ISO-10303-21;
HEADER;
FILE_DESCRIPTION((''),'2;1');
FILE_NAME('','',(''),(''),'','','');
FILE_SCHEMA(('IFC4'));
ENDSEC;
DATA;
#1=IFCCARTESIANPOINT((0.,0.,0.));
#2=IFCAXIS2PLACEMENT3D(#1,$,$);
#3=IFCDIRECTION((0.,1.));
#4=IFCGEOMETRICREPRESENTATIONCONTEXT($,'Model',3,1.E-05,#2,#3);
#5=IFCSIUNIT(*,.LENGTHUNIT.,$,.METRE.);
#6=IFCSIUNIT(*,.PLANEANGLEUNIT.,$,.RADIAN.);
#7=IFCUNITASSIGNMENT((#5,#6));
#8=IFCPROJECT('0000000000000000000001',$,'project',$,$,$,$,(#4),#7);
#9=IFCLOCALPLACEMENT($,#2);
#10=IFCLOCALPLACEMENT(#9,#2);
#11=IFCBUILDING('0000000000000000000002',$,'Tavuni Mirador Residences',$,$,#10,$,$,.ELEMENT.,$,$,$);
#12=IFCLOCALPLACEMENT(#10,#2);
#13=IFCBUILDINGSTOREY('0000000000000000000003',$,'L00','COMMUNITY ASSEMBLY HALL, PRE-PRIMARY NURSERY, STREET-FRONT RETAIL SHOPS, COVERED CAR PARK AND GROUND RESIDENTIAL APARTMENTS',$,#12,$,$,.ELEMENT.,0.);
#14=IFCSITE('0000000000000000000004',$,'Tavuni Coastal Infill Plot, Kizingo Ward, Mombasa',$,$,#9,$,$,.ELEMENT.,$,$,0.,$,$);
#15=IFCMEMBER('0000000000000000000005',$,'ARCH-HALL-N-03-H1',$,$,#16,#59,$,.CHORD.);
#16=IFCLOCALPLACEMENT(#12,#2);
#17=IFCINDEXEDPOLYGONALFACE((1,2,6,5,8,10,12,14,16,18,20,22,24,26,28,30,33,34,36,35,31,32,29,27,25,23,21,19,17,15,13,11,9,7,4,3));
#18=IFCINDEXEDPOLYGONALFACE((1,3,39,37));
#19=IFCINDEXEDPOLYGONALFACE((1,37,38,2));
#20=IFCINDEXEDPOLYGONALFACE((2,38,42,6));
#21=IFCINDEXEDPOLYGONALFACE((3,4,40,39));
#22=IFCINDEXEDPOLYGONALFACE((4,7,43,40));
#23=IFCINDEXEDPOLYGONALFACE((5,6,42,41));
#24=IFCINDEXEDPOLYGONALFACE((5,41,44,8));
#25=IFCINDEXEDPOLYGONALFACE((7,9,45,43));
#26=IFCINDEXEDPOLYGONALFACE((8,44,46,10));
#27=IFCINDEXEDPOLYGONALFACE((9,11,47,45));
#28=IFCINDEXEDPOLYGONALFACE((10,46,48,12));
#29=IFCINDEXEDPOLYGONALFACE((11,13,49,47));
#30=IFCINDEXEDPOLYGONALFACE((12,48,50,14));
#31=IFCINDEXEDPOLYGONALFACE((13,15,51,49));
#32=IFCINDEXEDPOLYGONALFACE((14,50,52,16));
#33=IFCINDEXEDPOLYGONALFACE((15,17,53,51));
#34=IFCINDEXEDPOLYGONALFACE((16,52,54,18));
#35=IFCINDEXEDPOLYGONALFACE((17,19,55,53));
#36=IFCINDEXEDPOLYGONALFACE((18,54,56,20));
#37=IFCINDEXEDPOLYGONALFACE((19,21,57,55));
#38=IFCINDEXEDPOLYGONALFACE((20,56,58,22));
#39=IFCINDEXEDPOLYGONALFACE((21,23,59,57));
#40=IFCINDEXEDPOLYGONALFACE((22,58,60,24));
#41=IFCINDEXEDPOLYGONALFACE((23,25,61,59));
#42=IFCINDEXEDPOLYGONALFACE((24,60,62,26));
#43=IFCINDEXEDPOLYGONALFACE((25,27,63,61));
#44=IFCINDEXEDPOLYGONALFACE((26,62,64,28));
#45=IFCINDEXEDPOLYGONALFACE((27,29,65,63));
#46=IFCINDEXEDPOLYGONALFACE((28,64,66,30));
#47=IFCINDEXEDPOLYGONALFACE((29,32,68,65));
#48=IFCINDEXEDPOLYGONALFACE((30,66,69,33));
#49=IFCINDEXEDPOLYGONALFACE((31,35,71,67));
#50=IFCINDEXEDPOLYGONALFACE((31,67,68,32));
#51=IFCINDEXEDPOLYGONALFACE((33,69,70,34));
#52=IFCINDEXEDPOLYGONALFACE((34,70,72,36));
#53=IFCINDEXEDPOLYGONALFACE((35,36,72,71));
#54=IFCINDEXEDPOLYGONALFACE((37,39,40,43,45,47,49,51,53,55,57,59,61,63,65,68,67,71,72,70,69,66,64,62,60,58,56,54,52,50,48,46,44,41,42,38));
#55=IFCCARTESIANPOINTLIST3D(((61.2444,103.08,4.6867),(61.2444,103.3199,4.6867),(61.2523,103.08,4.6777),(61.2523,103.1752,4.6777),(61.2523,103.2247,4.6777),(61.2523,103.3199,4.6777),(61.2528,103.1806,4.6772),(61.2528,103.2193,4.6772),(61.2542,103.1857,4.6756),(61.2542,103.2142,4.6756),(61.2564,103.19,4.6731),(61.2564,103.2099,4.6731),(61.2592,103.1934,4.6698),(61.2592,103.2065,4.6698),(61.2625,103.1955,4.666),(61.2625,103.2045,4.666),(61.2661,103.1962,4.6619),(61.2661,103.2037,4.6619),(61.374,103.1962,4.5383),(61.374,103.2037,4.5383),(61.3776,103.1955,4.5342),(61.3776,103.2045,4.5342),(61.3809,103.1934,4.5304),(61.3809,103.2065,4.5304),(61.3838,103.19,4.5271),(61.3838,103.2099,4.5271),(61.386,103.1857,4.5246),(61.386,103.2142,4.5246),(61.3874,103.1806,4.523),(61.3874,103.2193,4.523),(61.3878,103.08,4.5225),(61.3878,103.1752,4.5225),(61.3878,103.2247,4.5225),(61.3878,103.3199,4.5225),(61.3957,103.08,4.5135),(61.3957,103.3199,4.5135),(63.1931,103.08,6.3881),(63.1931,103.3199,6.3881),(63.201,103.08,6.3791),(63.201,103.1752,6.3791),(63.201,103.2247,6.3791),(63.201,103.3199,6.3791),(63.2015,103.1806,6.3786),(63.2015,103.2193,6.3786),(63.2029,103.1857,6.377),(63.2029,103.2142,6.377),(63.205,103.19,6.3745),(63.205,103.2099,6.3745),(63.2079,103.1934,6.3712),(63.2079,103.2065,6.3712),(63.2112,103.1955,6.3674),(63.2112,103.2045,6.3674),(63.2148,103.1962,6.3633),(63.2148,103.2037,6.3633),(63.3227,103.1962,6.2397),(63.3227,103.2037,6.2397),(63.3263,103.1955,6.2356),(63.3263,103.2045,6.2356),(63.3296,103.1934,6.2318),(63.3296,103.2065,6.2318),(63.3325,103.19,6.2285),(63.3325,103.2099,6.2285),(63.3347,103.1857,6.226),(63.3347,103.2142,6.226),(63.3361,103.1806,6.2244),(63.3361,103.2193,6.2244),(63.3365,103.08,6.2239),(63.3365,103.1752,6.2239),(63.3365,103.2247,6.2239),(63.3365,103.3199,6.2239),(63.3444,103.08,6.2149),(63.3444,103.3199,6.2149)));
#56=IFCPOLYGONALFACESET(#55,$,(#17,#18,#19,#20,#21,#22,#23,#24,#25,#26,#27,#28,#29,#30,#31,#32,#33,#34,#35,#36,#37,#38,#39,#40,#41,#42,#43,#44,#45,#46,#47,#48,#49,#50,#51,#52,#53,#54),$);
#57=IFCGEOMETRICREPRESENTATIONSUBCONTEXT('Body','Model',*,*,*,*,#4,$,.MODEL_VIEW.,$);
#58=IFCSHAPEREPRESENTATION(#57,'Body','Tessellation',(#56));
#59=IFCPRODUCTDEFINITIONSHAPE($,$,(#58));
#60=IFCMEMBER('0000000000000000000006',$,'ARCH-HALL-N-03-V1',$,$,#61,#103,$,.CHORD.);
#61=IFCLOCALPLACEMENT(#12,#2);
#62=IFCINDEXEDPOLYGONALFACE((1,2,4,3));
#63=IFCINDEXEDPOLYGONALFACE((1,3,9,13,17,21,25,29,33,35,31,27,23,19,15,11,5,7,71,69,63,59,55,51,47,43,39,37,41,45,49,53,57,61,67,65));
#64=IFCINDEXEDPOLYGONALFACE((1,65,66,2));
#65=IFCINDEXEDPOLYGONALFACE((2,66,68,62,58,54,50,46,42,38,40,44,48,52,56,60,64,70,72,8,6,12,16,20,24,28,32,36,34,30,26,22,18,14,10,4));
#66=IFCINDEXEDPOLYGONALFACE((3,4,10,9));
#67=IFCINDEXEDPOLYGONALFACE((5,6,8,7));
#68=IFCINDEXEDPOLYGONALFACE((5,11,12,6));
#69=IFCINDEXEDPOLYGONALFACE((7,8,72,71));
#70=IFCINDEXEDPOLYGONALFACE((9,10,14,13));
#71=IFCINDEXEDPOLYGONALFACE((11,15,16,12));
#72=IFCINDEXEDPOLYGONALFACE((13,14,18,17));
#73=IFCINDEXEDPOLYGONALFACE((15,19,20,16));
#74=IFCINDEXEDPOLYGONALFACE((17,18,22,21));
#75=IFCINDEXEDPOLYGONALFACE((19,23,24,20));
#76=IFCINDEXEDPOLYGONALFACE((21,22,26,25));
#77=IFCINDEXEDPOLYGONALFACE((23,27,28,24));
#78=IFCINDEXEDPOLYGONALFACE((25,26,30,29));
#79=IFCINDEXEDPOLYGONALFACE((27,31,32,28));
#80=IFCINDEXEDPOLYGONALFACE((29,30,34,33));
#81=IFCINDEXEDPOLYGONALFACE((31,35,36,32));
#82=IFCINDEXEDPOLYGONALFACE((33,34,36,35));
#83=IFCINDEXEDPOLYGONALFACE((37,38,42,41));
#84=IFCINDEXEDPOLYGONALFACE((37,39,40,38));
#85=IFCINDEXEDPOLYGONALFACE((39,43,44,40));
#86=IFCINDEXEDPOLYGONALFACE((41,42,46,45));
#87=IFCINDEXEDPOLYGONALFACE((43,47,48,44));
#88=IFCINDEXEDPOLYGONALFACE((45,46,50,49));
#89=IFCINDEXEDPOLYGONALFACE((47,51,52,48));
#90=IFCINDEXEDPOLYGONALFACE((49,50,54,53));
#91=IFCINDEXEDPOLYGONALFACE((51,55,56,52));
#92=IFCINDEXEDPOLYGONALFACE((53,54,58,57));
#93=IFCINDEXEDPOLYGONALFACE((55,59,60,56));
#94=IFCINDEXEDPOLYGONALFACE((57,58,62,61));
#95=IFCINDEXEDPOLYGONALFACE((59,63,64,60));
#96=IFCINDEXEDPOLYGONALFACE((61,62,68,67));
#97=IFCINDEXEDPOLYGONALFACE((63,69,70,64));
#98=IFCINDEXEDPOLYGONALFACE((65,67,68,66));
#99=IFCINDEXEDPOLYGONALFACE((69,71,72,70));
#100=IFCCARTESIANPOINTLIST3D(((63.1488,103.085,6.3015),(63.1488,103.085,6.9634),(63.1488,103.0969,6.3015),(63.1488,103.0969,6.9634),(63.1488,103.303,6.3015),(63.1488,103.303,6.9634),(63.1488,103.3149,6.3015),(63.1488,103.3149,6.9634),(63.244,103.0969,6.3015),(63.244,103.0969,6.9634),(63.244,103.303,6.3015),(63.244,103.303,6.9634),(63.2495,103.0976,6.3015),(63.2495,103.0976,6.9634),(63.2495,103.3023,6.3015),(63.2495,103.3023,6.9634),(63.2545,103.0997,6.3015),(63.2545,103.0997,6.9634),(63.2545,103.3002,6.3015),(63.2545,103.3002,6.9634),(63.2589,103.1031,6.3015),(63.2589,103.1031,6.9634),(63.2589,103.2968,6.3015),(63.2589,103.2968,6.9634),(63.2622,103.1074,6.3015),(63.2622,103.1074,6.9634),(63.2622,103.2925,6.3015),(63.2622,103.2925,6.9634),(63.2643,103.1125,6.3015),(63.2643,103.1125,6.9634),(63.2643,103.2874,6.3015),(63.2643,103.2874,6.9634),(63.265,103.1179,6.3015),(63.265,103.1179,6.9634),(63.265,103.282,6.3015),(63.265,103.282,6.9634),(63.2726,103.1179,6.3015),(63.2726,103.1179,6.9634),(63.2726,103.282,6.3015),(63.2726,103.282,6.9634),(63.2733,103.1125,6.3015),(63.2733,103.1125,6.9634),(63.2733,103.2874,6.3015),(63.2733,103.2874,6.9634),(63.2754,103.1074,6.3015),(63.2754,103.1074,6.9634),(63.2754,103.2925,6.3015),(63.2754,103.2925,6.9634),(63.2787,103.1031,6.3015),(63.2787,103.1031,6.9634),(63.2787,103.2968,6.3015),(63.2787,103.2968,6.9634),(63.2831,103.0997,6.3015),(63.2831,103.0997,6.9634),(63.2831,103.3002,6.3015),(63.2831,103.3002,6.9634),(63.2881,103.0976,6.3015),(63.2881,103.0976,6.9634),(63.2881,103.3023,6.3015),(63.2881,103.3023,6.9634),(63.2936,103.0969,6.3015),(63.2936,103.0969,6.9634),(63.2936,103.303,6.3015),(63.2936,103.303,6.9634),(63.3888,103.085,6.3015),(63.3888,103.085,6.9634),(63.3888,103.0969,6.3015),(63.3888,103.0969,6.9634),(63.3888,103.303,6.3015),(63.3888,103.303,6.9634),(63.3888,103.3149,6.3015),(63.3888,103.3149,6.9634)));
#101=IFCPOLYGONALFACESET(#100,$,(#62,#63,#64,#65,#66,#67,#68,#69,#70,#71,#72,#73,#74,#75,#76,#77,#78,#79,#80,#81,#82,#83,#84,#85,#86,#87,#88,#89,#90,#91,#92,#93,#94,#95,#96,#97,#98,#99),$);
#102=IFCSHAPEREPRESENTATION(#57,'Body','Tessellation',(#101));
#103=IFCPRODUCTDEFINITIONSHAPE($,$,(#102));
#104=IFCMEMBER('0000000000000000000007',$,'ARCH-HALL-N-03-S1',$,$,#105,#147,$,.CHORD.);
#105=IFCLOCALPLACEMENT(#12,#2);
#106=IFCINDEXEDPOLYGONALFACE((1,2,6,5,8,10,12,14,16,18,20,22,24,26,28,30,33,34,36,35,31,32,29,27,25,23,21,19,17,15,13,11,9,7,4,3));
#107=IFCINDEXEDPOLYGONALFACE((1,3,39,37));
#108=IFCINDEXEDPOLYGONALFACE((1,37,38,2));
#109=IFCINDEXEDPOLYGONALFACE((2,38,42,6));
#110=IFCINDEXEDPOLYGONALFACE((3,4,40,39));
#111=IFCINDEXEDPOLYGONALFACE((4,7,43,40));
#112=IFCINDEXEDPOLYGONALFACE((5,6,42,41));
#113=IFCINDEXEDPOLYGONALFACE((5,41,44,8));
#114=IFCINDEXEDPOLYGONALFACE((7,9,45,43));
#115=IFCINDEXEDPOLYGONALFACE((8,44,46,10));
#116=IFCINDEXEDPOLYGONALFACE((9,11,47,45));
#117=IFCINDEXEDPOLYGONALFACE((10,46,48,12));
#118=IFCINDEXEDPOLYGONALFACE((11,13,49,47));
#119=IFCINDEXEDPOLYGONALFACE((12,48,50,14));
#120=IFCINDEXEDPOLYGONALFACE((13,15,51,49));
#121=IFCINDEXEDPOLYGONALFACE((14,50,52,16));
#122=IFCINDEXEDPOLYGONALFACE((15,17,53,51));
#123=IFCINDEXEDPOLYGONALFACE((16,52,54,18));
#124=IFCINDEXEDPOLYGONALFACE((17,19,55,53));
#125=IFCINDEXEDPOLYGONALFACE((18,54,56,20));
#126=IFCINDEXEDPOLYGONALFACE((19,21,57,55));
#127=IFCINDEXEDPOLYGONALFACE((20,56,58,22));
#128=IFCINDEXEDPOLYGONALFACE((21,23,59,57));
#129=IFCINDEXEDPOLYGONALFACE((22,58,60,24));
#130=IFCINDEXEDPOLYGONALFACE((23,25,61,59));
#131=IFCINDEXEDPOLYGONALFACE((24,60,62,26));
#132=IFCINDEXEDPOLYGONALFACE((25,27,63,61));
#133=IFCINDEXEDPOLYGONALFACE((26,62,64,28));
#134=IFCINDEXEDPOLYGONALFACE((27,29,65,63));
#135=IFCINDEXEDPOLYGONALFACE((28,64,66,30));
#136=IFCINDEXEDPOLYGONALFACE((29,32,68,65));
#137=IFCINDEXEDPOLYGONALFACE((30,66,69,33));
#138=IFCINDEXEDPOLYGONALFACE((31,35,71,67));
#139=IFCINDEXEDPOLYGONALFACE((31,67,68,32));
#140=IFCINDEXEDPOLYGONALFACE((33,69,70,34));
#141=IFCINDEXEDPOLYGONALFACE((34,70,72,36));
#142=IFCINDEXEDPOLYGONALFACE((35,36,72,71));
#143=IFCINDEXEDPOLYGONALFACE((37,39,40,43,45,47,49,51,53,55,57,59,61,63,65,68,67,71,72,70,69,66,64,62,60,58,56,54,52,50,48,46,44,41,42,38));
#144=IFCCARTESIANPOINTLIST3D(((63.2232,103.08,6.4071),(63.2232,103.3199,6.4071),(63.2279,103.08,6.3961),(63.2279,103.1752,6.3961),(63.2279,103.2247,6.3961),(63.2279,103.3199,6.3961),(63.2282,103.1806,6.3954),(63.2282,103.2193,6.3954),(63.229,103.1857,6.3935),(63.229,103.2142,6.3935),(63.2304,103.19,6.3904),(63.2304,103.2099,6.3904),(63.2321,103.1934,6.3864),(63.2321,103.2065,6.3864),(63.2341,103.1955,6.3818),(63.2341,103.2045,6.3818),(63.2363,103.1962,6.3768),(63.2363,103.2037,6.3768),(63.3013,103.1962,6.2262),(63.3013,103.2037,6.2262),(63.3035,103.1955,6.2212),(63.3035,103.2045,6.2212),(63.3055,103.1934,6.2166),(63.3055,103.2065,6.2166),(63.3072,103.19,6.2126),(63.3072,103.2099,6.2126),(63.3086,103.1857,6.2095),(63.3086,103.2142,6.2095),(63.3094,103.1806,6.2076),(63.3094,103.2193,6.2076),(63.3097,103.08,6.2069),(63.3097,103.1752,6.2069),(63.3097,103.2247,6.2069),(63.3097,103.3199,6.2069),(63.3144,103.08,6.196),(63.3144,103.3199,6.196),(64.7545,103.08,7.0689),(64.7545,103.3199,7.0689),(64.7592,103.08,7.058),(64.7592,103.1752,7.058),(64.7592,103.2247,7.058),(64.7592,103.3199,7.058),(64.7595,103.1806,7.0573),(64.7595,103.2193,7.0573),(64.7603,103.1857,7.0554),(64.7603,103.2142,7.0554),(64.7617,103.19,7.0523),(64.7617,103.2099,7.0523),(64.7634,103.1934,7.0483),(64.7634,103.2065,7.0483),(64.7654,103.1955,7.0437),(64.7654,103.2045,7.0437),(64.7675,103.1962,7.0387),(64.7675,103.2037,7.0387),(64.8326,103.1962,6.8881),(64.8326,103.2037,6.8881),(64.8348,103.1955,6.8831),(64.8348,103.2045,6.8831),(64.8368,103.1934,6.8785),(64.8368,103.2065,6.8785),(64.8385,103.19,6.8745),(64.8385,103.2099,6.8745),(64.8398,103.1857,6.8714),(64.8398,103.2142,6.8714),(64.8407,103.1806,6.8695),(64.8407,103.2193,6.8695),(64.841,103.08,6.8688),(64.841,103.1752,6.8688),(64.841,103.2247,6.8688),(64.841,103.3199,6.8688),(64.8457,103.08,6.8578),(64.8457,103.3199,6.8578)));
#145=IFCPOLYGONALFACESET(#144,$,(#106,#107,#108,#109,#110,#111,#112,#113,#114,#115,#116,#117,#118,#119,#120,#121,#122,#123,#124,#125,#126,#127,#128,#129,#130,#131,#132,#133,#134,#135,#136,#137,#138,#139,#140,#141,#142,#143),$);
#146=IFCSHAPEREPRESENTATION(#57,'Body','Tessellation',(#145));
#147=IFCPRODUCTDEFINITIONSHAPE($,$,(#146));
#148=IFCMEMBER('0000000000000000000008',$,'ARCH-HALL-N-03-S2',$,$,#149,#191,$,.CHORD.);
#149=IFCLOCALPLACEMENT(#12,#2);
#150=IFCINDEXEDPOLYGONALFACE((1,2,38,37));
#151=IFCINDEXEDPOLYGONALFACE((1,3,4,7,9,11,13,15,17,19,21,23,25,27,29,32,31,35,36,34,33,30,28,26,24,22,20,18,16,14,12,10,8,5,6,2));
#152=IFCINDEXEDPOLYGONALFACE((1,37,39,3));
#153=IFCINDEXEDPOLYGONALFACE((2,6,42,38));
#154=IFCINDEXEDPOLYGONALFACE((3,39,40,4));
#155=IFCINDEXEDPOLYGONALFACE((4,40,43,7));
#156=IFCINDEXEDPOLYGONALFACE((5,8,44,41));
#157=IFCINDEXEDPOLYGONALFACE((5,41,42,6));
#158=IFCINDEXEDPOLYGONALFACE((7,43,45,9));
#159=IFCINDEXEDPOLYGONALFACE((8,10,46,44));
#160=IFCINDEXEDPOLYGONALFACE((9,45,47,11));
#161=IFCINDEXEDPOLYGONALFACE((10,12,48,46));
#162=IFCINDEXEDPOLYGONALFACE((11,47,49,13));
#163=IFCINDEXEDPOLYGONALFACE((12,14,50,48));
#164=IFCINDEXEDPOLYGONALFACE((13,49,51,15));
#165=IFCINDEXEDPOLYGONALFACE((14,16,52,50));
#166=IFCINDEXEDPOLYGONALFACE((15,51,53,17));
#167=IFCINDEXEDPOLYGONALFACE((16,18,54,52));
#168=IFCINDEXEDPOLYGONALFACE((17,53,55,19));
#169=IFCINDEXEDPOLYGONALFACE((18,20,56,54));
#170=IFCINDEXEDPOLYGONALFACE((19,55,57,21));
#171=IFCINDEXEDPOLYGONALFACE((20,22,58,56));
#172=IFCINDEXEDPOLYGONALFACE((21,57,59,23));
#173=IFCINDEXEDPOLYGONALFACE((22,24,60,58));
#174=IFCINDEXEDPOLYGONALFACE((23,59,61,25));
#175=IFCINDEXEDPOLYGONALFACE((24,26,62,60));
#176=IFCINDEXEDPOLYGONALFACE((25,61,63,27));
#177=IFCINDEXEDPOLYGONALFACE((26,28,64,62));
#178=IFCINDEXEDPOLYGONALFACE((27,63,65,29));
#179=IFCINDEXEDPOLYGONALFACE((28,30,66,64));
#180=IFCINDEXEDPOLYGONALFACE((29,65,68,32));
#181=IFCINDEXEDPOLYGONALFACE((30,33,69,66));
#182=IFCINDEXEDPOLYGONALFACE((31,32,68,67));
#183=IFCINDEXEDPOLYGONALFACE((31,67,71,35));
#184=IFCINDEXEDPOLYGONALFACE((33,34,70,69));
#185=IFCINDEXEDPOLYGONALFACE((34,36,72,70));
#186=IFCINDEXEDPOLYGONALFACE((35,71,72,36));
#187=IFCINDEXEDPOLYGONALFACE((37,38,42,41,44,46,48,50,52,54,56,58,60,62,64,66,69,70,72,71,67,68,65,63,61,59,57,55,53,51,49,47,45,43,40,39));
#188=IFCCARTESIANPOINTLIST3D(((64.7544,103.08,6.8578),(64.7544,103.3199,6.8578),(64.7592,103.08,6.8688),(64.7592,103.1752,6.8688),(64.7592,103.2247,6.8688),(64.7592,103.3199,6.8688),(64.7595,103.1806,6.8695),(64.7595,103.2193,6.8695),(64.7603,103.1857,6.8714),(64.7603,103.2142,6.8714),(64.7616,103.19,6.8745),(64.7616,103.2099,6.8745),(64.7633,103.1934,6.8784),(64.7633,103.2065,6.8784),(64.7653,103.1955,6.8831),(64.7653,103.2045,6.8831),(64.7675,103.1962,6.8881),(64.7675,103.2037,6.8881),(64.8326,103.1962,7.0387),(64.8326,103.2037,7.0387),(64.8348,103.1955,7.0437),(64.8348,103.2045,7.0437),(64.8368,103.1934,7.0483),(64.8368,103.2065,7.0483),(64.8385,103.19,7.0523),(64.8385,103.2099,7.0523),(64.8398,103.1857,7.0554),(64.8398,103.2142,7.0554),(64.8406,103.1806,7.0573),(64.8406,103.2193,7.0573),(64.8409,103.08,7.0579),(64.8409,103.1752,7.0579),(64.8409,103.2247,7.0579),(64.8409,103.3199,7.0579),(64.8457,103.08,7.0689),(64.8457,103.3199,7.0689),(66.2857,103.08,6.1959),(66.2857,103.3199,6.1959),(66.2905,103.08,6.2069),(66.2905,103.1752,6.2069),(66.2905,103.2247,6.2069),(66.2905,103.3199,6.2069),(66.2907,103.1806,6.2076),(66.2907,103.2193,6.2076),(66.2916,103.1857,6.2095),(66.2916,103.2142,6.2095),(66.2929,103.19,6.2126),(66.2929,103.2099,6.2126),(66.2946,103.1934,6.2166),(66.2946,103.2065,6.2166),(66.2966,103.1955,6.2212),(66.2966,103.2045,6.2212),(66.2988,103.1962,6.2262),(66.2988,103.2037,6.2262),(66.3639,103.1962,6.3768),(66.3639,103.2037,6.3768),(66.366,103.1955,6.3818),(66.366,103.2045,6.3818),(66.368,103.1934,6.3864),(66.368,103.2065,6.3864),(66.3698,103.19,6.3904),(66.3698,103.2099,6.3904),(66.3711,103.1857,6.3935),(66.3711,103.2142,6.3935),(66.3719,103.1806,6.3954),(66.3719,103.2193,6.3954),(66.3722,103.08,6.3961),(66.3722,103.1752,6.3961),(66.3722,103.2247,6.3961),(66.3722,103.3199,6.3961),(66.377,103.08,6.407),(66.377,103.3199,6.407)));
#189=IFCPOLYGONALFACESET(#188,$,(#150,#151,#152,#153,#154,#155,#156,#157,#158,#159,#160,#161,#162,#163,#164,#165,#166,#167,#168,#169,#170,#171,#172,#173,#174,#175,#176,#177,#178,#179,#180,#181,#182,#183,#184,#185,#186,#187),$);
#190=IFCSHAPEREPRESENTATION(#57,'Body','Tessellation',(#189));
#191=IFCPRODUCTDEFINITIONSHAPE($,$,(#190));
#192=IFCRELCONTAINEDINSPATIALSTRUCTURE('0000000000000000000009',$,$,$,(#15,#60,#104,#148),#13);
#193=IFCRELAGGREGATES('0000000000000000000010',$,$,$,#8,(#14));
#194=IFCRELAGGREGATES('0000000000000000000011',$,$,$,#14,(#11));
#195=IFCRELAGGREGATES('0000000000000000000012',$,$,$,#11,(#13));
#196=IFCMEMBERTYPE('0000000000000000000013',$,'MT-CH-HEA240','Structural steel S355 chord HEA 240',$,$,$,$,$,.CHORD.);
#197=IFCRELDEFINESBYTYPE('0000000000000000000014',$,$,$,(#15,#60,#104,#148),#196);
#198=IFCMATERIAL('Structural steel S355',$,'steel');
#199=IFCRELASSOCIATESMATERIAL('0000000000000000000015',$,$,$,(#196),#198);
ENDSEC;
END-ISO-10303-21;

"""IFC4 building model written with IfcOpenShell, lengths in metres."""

from ifc_helpers import new_model, si_unit, direction, frame, origin, origin_2d, place, context, subcontext, project, spatial, i_section, extrude, material, material_profile, profile_set, type_object, element, save


model = new_model("IFC4")

# Units and contexts
model_context = context("Model", 3, precision=1e-05, world=origin(), true_north=direction((0.0, 1.0)))
body_context = subcontext(model_context, "Body", "Model", "MODEL_VIEW")
ifc_project = project(units=[si_unit("LENGTHUNIT", "METRE"), si_unit("PLANEANGLEUNIT", "RADIAN")], contexts=[model_context])

# Site, building, storey
site_placement = place(None, origin())
site = spatial("IfcSite", under=ifc_project, at=site_placement, Name="Tavuni Coastal Infill Plot, Kizingo Ward, Mombasa", CompositionType="ELEMENT", RefElevation=0.0)
building_placement = place(site_placement, origin())
building = spatial("IfcBuilding", under=site, at=building_placement, Name="Tavuni Mirador Residences", CompositionType="ELEMENT")
storey_placement = place(building_placement, origin())
storey = spatial("IfcBuildingStorey", under=building, at=storey_placement, Name="L00", Description="COMMUNITY ASSEMBLY HALL, PRE-PRIMARY NURSERY, STREET-FRONT RETAIL SHOPS, COVERED CAR PARK AND GROUND RESIDENTIAL APARTMENTS", CompositionType="ELEMENT", Elevation=0.0)

# Shared definitions
ifc_material = material(Name="Structural steel S355", Category="steel")

# Members
ifc_material_profile_1 = material_profile(ifc_material, i_section(OverallWidth=0.24, OverallDepth=0.23, WebThickness=0.0076, FlangeThickness=0.012, FilletRadius=0.021, at=origin_2d()), Name="HEA 240", Category="steel")
ifc_profile_set_1 = profile_set([ifc_material_profile_1], Name="Structural steel S355")
member_type = type_object("IfcMemberType", Name="MT-CH-HEA240", Description="Structural steel S355 chord HEA 240", PredefinedType="CHORD", material=ifc_profile_set_1)
member_1_placement = place(storey_placement, frame((61.3201, 103.2, 4.6001), z_axis=(0.753289, 0.0, 0.657689), x_axis=(0.0, 1.0, 0.0)))
element("IfcMember", 1, at=member_1_placement, inside=storey, type_object=member_type, Name="ARCH-HALL-N-03-H1", PredefinedType="CHORD", context=body_context, shape_type="SweptSolid", body=[
    extrude(i_section(OverallWidth=0.24, OverallDepth=0.23, WebThickness=0.0076, FlangeThickness=0.012, FilletRadius=0.021, at=origin_2d()), origin(), (0.0, 0.0, 1.0), 2.5869),
])
member_2_placement = place(storey_placement, frame((63.2688, 103.2, 6.3015), z_axis=(0.0, 0.0, 1.0), x_axis=(1.0, 0.0, 0.0)))
element("IfcMember", 2, at=member_2_placement, inside=storey, type_object=member_type, Name="ARCH-HALL-N-03-V1", PredefinedType="CHORD", context=body_context, shape_type="SweptSolid", body=[
    extrude(i_section(OverallWidth=0.24, OverallDepth=0.23, WebThickness=0.0076, FlangeThickness=0.012, FilletRadius=0.021, at=origin_2d()), origin(), (0.0, 0.0, 1.0), 0.6619),
])
for number, where, z_axis, x_axis, name in (
    (3, (63.2688, 103.2, 6.3015), (0.917922, 0.0, 0.396761), (0.0, 1.0, 0.0), "ARCH-HALL-N-03-S1"),
    (4, (64.8, 103.2, 6.9634), (0.917922, 0.0, -0.396761), (0.0, 1.0, 0.0), "ARCH-HALL-N-03-S2"),
):
    element("IfcMember", number, at=place(storey_placement, frame(where, z_axis=z_axis, x_axis=x_axis)), inside=storey, type_object=member_type, Name=name, PredefinedType="CHORD", context=body_context, shape_type="SweptSolid", body=[
        extrude(i_section(OverallWidth=0.24, OverallDepth=0.23, WebThickness=0.0076, FlangeThickness=0.012, FilletRadius=0.021, at=origin_2d()), origin(), (0.0, 0.0, 1.0), 1.6682),
    ])

save(model, "model.ifc")
